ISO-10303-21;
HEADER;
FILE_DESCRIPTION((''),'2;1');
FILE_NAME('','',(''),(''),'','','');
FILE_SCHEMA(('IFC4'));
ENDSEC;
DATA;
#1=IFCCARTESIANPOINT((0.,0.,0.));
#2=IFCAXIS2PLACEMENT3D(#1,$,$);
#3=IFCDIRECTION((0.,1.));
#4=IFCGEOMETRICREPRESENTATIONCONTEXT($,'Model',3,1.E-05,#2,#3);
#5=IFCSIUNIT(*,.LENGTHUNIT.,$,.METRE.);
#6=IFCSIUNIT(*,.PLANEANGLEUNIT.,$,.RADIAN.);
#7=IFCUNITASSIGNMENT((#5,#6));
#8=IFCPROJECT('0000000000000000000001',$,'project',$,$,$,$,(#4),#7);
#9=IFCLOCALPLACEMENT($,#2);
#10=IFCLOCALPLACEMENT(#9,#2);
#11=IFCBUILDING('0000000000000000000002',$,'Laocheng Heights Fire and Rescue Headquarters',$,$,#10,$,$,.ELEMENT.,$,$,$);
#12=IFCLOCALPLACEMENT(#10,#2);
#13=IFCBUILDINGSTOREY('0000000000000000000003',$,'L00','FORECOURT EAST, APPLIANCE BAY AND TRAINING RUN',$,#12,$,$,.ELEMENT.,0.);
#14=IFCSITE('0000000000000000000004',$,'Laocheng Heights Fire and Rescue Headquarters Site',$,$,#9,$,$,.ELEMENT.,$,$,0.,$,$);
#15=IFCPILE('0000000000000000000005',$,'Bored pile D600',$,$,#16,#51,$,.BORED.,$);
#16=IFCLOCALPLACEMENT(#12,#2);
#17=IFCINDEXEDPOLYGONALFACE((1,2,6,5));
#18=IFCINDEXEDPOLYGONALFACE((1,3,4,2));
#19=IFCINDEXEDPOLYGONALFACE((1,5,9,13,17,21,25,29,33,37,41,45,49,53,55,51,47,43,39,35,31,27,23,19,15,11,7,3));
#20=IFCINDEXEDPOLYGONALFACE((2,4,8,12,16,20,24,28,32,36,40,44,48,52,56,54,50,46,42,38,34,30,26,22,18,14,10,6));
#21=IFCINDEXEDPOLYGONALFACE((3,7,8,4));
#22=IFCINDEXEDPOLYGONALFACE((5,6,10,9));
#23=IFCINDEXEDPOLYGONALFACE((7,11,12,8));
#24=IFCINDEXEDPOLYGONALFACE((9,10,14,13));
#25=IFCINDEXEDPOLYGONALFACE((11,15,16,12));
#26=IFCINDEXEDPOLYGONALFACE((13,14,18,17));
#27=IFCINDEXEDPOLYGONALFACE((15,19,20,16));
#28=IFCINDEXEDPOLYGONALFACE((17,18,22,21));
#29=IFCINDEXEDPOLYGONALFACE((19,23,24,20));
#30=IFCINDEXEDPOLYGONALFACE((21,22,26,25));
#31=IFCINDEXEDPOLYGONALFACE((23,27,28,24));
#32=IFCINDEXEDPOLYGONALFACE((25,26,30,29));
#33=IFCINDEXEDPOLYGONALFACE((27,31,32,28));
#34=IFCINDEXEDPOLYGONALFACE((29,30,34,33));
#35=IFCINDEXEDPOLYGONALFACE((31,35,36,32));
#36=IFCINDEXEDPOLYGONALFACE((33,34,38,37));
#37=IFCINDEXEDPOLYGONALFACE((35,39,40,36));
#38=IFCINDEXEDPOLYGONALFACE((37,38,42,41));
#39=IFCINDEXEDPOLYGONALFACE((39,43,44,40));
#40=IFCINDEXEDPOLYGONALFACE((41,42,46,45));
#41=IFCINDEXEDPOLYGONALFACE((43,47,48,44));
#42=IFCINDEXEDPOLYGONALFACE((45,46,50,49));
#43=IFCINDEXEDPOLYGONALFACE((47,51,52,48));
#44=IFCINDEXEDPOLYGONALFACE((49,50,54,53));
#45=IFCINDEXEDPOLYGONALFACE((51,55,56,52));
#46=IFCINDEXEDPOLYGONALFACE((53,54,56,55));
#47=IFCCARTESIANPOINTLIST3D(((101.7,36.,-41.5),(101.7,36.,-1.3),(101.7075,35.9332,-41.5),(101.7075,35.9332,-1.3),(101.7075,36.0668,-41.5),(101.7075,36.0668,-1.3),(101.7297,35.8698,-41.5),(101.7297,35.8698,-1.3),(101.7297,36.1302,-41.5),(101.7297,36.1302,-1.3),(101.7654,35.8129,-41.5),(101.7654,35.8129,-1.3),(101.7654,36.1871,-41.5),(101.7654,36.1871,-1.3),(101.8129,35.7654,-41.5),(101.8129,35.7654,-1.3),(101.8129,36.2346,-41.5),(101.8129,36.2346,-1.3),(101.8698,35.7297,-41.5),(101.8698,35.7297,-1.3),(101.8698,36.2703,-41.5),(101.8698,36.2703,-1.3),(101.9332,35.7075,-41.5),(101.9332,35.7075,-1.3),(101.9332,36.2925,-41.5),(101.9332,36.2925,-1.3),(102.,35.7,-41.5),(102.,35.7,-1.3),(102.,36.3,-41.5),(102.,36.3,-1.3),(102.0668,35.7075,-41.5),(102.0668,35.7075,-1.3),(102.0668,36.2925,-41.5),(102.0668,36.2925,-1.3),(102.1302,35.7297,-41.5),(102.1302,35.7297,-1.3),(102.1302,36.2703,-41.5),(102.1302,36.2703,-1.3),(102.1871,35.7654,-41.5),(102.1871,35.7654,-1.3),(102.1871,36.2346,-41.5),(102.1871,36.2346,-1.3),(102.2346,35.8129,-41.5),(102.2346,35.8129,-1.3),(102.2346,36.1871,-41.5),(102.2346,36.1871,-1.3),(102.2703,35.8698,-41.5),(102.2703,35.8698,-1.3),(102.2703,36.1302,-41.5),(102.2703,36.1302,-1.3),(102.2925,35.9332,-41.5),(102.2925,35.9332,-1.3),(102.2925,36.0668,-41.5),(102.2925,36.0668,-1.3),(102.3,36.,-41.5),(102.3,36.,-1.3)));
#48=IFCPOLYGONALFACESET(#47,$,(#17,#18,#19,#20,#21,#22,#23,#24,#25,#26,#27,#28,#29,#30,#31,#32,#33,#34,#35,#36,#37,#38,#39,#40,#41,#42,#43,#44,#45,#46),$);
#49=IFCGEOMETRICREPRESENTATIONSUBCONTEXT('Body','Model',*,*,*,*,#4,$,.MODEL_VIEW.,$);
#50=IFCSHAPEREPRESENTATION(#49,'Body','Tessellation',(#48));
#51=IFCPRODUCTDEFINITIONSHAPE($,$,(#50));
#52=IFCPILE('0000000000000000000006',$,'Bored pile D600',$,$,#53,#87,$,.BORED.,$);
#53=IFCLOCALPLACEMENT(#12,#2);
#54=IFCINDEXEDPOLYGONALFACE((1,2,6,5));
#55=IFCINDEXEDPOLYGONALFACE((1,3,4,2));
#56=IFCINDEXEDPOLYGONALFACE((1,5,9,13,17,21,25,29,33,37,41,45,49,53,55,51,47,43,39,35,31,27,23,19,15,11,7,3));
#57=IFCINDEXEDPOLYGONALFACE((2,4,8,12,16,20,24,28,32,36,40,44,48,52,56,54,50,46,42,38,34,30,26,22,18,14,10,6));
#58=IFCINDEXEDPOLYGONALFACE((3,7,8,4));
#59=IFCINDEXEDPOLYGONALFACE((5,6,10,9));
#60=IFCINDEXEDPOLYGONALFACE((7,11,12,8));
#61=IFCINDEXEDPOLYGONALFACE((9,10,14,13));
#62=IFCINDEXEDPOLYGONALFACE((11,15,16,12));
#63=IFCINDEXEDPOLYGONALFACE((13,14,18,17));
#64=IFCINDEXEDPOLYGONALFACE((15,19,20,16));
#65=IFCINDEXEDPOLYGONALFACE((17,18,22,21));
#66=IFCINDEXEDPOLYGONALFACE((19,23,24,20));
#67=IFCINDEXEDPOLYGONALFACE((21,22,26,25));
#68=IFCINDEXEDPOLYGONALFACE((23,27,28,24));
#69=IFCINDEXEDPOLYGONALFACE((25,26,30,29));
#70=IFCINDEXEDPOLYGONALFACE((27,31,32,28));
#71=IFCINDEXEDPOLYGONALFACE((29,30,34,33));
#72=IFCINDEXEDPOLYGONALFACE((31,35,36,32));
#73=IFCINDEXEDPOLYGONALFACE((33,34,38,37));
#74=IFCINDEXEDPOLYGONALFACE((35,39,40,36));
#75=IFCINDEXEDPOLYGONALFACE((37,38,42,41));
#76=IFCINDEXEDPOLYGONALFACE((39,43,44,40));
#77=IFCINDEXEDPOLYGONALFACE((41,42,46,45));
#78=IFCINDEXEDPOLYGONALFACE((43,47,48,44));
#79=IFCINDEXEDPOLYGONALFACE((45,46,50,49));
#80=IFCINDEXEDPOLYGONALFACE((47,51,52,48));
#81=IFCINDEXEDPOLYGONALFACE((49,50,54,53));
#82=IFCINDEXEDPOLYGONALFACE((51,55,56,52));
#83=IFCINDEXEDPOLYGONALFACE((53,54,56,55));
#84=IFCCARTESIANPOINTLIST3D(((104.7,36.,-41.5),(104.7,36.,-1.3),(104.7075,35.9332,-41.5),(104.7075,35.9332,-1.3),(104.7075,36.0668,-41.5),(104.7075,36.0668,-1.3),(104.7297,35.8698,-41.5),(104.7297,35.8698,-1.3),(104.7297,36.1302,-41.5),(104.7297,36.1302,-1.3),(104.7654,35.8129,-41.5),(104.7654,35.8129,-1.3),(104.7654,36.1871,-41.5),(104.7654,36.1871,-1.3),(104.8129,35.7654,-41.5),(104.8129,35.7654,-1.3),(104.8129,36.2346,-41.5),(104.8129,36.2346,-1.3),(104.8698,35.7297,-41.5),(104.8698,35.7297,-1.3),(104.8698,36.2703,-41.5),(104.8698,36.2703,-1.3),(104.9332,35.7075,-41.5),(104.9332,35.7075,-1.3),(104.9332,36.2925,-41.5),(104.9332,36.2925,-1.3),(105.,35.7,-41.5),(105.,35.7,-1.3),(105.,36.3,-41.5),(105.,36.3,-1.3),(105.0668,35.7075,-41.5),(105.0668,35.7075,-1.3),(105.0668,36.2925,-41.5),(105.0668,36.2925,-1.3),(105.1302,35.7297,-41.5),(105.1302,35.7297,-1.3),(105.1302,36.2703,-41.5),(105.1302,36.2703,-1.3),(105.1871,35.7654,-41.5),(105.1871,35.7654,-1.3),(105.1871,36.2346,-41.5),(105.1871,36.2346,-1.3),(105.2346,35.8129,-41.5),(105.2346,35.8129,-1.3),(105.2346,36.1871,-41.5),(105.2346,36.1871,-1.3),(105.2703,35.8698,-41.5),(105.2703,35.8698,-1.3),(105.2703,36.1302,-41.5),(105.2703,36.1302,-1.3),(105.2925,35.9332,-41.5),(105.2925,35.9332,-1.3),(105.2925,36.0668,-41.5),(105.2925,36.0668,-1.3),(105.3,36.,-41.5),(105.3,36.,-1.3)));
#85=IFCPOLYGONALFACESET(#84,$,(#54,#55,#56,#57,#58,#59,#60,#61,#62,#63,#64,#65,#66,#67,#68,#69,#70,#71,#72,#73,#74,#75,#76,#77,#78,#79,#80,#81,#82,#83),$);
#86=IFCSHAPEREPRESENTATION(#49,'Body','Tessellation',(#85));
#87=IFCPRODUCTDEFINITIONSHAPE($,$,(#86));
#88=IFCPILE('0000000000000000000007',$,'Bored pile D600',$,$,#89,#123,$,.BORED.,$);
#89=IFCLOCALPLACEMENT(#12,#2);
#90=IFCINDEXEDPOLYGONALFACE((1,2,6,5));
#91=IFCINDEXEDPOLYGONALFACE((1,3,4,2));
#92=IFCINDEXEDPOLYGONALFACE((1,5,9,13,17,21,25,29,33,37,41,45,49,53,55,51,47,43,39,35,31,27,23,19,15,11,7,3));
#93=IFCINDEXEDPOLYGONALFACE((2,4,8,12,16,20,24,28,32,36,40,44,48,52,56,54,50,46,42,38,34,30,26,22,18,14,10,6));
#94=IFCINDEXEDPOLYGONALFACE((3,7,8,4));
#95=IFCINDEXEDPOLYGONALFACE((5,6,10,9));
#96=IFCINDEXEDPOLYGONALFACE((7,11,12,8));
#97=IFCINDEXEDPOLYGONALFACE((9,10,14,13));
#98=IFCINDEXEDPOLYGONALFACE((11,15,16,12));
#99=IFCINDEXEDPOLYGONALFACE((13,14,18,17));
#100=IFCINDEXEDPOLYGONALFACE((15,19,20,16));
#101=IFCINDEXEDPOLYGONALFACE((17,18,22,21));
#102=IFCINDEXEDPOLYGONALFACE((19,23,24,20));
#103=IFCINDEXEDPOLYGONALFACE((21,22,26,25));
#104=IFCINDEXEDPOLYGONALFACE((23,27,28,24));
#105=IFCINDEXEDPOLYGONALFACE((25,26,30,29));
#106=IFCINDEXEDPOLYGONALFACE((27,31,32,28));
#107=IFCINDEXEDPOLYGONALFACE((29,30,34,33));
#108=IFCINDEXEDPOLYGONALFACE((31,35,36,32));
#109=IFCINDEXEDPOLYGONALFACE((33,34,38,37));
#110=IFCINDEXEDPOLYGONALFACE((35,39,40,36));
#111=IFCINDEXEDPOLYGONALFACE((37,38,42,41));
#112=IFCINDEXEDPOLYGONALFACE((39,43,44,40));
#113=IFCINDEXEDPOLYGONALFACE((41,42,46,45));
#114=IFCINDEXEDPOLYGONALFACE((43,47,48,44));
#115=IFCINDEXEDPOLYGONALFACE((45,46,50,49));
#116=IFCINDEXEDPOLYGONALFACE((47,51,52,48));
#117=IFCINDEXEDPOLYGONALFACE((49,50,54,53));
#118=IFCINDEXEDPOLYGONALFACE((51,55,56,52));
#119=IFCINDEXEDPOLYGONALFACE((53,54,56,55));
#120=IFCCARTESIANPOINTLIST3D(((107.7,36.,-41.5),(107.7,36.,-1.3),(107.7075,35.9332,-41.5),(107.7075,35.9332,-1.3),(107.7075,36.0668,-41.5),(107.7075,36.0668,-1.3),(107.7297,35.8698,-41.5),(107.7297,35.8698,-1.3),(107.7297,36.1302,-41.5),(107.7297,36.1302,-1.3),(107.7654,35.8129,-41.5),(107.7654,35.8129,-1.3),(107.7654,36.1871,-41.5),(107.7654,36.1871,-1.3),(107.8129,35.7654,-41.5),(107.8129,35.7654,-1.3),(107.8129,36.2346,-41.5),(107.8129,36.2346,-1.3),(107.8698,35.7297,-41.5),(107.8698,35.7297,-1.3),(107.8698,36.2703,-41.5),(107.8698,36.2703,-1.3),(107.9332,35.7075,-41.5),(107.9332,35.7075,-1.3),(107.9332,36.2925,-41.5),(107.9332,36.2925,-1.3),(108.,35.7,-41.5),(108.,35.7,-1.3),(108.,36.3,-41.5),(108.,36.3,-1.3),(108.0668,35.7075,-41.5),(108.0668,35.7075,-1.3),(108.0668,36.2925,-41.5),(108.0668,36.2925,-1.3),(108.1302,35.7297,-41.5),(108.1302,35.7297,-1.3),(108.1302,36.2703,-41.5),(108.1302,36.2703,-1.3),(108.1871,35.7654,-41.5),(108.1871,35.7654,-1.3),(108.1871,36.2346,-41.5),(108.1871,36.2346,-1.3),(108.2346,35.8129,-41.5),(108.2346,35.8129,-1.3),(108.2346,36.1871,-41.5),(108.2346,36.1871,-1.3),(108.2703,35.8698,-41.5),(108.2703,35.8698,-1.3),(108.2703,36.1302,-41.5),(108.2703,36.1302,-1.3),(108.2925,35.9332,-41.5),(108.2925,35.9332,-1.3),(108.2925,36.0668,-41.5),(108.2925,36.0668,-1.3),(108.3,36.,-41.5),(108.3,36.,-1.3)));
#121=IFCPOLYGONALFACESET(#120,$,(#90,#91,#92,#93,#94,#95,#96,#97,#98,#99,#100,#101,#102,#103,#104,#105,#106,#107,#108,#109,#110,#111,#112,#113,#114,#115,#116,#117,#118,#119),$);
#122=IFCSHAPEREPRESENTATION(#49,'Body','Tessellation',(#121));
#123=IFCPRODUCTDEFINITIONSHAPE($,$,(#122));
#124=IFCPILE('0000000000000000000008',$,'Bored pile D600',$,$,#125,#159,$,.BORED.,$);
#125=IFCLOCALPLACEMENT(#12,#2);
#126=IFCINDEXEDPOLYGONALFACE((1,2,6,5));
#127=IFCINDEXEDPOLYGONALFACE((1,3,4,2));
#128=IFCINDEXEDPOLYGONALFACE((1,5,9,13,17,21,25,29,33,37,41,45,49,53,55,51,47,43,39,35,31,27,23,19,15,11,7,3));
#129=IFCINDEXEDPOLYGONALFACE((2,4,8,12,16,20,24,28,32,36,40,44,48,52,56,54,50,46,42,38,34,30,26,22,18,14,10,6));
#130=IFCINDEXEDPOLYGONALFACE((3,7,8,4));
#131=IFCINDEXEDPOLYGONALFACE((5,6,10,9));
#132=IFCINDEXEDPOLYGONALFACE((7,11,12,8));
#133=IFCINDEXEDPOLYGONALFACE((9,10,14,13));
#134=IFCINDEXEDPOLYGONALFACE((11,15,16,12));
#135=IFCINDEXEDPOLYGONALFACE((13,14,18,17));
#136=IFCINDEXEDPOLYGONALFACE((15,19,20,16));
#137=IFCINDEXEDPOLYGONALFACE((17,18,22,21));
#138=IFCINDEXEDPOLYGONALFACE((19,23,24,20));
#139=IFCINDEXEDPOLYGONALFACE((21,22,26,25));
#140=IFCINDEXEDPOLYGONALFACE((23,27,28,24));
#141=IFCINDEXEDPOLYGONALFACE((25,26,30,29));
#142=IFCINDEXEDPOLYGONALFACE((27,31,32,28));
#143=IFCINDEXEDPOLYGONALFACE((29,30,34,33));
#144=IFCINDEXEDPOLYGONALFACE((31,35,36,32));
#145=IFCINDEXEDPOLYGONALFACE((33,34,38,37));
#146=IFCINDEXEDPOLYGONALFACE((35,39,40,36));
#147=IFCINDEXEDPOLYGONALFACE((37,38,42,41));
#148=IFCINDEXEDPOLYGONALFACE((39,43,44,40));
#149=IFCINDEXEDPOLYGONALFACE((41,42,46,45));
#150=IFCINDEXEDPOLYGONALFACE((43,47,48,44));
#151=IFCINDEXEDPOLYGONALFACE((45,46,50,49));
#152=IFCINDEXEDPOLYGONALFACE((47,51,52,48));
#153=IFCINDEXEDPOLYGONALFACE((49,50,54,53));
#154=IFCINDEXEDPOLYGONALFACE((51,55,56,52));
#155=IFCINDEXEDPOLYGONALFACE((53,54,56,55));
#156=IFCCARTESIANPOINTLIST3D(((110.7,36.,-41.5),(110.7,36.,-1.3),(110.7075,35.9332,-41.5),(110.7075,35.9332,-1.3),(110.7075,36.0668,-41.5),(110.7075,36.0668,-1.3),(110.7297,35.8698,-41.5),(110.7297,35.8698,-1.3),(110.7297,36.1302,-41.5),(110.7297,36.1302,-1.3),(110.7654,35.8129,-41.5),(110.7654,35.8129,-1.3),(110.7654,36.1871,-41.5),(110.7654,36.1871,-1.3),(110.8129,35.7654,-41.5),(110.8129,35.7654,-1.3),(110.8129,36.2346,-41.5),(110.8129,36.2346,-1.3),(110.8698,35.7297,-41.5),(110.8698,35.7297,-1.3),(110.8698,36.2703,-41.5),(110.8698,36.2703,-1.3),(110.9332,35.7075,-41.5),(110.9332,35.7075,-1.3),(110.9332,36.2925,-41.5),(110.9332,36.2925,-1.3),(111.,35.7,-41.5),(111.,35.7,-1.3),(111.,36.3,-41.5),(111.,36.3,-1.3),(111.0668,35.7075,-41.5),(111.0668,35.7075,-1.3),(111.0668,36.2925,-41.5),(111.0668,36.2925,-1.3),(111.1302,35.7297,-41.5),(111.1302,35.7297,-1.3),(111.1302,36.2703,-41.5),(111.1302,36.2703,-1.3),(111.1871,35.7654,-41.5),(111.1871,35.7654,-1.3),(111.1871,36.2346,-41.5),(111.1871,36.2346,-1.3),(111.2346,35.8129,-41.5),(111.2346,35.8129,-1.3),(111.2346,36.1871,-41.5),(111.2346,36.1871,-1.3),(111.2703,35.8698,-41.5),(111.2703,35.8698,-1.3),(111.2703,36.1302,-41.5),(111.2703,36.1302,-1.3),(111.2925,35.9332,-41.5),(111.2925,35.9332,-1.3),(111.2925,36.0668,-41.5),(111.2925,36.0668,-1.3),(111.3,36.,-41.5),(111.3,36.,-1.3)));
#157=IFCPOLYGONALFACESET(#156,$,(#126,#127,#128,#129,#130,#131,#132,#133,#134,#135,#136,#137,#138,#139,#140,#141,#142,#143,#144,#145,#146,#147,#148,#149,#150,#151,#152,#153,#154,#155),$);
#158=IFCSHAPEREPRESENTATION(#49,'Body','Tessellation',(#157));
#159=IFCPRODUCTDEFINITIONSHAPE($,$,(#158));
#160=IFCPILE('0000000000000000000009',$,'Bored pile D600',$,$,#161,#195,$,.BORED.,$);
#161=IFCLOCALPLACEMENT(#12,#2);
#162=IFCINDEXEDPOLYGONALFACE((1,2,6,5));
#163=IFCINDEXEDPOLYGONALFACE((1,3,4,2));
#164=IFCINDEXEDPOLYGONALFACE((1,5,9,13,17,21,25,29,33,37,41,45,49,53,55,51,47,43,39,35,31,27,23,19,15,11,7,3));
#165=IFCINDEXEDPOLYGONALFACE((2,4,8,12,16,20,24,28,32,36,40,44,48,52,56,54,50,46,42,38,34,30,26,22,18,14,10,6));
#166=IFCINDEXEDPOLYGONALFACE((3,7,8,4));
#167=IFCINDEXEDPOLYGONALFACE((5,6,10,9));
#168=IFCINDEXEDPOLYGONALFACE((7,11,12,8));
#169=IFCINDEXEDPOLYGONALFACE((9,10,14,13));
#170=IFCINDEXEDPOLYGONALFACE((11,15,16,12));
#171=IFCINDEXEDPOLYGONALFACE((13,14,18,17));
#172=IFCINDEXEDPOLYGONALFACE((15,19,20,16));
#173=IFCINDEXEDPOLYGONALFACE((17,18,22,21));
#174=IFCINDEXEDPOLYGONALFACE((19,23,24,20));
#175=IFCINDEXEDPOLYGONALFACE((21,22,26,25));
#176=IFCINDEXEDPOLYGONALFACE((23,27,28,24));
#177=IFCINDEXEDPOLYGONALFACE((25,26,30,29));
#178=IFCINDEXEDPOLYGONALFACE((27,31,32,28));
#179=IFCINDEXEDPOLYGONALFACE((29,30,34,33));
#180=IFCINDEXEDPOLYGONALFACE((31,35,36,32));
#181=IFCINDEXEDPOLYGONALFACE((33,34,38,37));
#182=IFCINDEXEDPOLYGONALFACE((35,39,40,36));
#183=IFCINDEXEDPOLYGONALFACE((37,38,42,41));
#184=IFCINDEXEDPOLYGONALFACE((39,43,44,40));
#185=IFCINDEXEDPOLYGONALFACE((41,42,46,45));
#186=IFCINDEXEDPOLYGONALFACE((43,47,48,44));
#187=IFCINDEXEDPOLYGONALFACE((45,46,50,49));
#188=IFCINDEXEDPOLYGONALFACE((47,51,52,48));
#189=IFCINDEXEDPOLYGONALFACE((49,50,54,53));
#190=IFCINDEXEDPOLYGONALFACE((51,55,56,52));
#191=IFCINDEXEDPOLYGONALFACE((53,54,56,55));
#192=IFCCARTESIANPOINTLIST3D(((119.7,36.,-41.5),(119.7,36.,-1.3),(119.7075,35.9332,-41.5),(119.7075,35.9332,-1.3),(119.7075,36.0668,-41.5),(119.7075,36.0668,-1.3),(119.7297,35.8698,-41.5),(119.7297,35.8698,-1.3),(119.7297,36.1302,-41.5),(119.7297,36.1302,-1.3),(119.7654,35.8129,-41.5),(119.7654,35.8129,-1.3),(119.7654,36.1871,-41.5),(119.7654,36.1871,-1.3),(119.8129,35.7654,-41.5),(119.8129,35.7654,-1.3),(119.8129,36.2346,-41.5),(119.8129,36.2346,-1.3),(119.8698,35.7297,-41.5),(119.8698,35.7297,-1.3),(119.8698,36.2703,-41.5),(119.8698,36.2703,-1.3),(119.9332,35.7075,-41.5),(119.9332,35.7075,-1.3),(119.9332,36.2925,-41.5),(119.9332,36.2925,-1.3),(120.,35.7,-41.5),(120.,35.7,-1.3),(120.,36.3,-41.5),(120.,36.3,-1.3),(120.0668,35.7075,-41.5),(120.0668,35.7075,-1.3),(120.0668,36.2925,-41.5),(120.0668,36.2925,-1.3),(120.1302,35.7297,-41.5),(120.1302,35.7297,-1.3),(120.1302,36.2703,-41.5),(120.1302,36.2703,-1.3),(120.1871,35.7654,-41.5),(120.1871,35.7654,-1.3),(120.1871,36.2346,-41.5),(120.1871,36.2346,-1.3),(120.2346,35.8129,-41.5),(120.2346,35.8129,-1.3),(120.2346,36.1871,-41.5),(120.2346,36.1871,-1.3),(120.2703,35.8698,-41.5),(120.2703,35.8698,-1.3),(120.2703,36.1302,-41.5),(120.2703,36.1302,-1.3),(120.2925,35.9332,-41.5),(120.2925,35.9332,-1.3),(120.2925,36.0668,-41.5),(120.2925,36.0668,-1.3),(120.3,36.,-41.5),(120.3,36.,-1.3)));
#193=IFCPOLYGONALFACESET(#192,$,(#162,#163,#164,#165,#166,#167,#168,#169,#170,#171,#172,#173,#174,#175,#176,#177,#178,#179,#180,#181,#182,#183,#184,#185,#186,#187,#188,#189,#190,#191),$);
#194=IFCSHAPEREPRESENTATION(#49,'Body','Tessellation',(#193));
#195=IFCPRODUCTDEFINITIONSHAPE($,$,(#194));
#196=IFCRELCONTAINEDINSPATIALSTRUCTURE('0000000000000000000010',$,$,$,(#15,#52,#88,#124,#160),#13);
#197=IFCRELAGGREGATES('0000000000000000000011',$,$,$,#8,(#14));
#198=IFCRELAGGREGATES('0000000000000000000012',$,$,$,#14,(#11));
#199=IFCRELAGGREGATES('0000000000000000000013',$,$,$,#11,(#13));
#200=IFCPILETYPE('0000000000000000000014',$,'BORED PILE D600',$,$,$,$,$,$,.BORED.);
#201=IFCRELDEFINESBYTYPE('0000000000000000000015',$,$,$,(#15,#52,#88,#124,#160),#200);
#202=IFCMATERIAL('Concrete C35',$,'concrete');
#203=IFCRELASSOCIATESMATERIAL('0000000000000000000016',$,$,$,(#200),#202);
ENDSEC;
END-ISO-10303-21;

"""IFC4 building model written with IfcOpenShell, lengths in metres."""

from ifc_helpers import new_model, si_unit, direction, frame, origin, origin_2d, place, context, subcontext, project, spatial, circle, extrude, material, material_profile, profile_set, type_object, element, save


model = new_model("IFC4")

# Units and contexts
model_context = context("Model", 3, precision=1e-05, world=origin(), true_north=direction((0.0, 1.0)))
body_context = subcontext(model_context, "Body", "Model", "MODEL_VIEW")
ifc_project = project(units=[si_unit("LENGTHUNIT", "METRE"), si_unit("PLANEANGLEUNIT", "RADIAN")], contexts=[model_context])

# Site, building, storey
site_placement = place(None, origin())
site = spatial("IfcSite", under=ifc_project, at=site_placement, Name="Laocheng Heights Fire and Rescue Headquarters Site", CompositionType="ELEMENT", RefElevation=0.0)
building_placement = place(site_placement, origin())
building = spatial("IfcBuilding", under=site, at=building_placement, Name="Laocheng Heights Fire and Rescue Headquarters", CompositionType="ELEMENT")
storey_placement = place(building_placement, origin())
storey = spatial("IfcBuildingStorey", under=building, at=storey_placement, Name="L00", Description="FORECOURT EAST, APPLIANCE BAY AND TRAINING RUN", CompositionType="ELEMENT", Elevation=0.0)

# Piles
ifc_material_1 = material(Name="Concrete C35", Category="concrete")
ifc_material_profile_1 = material_profile(ifc_material_1, circle(Radius=0.3, at=origin_2d()), Name="BORED PILE D600")
ifc_profile_set_1 = profile_set([ifc_material_profile_1], Name="Concrete C35")
pile_type_1 = type_object("IfcPileType", Name="BORED PILE D600", PredefinedType="BORED", material=ifc_profile_set_1)
for number, where, z_axis, x_axis, name in (
    (1, (102.0, 36.0, -1.3), (0.0, 0.0, -1.0), (1.0, 0.0, 0.0), "Bored pile D600"),
    (2, (105.0, 36.0, -1.3), (0.0, 0.0, -1.0), (1.0, 0.0, 0.0), "Bored pile D600"),
    (3, (108.0, 36.0, -1.3), (0.0, 0.0, -1.0), (1.0, 0.0, 0.0), "Bored pile D600"),
    (4, (111.0, 36.0, -1.3), (0.0, 0.0, -1.0), (1.0, 0.0, 0.0), "Bored pile D600"),
    (5, (120.0, 36.0, -1.3), (0.0, 0.0, -1.0), (1.0, 0.0, 0.0), "Bored pile D600"),
):
    element("IfcPile", number, at=place(storey_placement, frame(where, z_axis=z_axis, x_axis=x_axis)), inside=storey, type_object=pile_type_1, Name=name, PredefinedType="BORED", context=body_context, shape_type="SweptSolid", body=[
        extrude(circle(Radius=0.3, at=origin_2d()), origin(), (0.0, 0.0, 1.0), 40.2),
    ])

save(model, "model.ifc")
